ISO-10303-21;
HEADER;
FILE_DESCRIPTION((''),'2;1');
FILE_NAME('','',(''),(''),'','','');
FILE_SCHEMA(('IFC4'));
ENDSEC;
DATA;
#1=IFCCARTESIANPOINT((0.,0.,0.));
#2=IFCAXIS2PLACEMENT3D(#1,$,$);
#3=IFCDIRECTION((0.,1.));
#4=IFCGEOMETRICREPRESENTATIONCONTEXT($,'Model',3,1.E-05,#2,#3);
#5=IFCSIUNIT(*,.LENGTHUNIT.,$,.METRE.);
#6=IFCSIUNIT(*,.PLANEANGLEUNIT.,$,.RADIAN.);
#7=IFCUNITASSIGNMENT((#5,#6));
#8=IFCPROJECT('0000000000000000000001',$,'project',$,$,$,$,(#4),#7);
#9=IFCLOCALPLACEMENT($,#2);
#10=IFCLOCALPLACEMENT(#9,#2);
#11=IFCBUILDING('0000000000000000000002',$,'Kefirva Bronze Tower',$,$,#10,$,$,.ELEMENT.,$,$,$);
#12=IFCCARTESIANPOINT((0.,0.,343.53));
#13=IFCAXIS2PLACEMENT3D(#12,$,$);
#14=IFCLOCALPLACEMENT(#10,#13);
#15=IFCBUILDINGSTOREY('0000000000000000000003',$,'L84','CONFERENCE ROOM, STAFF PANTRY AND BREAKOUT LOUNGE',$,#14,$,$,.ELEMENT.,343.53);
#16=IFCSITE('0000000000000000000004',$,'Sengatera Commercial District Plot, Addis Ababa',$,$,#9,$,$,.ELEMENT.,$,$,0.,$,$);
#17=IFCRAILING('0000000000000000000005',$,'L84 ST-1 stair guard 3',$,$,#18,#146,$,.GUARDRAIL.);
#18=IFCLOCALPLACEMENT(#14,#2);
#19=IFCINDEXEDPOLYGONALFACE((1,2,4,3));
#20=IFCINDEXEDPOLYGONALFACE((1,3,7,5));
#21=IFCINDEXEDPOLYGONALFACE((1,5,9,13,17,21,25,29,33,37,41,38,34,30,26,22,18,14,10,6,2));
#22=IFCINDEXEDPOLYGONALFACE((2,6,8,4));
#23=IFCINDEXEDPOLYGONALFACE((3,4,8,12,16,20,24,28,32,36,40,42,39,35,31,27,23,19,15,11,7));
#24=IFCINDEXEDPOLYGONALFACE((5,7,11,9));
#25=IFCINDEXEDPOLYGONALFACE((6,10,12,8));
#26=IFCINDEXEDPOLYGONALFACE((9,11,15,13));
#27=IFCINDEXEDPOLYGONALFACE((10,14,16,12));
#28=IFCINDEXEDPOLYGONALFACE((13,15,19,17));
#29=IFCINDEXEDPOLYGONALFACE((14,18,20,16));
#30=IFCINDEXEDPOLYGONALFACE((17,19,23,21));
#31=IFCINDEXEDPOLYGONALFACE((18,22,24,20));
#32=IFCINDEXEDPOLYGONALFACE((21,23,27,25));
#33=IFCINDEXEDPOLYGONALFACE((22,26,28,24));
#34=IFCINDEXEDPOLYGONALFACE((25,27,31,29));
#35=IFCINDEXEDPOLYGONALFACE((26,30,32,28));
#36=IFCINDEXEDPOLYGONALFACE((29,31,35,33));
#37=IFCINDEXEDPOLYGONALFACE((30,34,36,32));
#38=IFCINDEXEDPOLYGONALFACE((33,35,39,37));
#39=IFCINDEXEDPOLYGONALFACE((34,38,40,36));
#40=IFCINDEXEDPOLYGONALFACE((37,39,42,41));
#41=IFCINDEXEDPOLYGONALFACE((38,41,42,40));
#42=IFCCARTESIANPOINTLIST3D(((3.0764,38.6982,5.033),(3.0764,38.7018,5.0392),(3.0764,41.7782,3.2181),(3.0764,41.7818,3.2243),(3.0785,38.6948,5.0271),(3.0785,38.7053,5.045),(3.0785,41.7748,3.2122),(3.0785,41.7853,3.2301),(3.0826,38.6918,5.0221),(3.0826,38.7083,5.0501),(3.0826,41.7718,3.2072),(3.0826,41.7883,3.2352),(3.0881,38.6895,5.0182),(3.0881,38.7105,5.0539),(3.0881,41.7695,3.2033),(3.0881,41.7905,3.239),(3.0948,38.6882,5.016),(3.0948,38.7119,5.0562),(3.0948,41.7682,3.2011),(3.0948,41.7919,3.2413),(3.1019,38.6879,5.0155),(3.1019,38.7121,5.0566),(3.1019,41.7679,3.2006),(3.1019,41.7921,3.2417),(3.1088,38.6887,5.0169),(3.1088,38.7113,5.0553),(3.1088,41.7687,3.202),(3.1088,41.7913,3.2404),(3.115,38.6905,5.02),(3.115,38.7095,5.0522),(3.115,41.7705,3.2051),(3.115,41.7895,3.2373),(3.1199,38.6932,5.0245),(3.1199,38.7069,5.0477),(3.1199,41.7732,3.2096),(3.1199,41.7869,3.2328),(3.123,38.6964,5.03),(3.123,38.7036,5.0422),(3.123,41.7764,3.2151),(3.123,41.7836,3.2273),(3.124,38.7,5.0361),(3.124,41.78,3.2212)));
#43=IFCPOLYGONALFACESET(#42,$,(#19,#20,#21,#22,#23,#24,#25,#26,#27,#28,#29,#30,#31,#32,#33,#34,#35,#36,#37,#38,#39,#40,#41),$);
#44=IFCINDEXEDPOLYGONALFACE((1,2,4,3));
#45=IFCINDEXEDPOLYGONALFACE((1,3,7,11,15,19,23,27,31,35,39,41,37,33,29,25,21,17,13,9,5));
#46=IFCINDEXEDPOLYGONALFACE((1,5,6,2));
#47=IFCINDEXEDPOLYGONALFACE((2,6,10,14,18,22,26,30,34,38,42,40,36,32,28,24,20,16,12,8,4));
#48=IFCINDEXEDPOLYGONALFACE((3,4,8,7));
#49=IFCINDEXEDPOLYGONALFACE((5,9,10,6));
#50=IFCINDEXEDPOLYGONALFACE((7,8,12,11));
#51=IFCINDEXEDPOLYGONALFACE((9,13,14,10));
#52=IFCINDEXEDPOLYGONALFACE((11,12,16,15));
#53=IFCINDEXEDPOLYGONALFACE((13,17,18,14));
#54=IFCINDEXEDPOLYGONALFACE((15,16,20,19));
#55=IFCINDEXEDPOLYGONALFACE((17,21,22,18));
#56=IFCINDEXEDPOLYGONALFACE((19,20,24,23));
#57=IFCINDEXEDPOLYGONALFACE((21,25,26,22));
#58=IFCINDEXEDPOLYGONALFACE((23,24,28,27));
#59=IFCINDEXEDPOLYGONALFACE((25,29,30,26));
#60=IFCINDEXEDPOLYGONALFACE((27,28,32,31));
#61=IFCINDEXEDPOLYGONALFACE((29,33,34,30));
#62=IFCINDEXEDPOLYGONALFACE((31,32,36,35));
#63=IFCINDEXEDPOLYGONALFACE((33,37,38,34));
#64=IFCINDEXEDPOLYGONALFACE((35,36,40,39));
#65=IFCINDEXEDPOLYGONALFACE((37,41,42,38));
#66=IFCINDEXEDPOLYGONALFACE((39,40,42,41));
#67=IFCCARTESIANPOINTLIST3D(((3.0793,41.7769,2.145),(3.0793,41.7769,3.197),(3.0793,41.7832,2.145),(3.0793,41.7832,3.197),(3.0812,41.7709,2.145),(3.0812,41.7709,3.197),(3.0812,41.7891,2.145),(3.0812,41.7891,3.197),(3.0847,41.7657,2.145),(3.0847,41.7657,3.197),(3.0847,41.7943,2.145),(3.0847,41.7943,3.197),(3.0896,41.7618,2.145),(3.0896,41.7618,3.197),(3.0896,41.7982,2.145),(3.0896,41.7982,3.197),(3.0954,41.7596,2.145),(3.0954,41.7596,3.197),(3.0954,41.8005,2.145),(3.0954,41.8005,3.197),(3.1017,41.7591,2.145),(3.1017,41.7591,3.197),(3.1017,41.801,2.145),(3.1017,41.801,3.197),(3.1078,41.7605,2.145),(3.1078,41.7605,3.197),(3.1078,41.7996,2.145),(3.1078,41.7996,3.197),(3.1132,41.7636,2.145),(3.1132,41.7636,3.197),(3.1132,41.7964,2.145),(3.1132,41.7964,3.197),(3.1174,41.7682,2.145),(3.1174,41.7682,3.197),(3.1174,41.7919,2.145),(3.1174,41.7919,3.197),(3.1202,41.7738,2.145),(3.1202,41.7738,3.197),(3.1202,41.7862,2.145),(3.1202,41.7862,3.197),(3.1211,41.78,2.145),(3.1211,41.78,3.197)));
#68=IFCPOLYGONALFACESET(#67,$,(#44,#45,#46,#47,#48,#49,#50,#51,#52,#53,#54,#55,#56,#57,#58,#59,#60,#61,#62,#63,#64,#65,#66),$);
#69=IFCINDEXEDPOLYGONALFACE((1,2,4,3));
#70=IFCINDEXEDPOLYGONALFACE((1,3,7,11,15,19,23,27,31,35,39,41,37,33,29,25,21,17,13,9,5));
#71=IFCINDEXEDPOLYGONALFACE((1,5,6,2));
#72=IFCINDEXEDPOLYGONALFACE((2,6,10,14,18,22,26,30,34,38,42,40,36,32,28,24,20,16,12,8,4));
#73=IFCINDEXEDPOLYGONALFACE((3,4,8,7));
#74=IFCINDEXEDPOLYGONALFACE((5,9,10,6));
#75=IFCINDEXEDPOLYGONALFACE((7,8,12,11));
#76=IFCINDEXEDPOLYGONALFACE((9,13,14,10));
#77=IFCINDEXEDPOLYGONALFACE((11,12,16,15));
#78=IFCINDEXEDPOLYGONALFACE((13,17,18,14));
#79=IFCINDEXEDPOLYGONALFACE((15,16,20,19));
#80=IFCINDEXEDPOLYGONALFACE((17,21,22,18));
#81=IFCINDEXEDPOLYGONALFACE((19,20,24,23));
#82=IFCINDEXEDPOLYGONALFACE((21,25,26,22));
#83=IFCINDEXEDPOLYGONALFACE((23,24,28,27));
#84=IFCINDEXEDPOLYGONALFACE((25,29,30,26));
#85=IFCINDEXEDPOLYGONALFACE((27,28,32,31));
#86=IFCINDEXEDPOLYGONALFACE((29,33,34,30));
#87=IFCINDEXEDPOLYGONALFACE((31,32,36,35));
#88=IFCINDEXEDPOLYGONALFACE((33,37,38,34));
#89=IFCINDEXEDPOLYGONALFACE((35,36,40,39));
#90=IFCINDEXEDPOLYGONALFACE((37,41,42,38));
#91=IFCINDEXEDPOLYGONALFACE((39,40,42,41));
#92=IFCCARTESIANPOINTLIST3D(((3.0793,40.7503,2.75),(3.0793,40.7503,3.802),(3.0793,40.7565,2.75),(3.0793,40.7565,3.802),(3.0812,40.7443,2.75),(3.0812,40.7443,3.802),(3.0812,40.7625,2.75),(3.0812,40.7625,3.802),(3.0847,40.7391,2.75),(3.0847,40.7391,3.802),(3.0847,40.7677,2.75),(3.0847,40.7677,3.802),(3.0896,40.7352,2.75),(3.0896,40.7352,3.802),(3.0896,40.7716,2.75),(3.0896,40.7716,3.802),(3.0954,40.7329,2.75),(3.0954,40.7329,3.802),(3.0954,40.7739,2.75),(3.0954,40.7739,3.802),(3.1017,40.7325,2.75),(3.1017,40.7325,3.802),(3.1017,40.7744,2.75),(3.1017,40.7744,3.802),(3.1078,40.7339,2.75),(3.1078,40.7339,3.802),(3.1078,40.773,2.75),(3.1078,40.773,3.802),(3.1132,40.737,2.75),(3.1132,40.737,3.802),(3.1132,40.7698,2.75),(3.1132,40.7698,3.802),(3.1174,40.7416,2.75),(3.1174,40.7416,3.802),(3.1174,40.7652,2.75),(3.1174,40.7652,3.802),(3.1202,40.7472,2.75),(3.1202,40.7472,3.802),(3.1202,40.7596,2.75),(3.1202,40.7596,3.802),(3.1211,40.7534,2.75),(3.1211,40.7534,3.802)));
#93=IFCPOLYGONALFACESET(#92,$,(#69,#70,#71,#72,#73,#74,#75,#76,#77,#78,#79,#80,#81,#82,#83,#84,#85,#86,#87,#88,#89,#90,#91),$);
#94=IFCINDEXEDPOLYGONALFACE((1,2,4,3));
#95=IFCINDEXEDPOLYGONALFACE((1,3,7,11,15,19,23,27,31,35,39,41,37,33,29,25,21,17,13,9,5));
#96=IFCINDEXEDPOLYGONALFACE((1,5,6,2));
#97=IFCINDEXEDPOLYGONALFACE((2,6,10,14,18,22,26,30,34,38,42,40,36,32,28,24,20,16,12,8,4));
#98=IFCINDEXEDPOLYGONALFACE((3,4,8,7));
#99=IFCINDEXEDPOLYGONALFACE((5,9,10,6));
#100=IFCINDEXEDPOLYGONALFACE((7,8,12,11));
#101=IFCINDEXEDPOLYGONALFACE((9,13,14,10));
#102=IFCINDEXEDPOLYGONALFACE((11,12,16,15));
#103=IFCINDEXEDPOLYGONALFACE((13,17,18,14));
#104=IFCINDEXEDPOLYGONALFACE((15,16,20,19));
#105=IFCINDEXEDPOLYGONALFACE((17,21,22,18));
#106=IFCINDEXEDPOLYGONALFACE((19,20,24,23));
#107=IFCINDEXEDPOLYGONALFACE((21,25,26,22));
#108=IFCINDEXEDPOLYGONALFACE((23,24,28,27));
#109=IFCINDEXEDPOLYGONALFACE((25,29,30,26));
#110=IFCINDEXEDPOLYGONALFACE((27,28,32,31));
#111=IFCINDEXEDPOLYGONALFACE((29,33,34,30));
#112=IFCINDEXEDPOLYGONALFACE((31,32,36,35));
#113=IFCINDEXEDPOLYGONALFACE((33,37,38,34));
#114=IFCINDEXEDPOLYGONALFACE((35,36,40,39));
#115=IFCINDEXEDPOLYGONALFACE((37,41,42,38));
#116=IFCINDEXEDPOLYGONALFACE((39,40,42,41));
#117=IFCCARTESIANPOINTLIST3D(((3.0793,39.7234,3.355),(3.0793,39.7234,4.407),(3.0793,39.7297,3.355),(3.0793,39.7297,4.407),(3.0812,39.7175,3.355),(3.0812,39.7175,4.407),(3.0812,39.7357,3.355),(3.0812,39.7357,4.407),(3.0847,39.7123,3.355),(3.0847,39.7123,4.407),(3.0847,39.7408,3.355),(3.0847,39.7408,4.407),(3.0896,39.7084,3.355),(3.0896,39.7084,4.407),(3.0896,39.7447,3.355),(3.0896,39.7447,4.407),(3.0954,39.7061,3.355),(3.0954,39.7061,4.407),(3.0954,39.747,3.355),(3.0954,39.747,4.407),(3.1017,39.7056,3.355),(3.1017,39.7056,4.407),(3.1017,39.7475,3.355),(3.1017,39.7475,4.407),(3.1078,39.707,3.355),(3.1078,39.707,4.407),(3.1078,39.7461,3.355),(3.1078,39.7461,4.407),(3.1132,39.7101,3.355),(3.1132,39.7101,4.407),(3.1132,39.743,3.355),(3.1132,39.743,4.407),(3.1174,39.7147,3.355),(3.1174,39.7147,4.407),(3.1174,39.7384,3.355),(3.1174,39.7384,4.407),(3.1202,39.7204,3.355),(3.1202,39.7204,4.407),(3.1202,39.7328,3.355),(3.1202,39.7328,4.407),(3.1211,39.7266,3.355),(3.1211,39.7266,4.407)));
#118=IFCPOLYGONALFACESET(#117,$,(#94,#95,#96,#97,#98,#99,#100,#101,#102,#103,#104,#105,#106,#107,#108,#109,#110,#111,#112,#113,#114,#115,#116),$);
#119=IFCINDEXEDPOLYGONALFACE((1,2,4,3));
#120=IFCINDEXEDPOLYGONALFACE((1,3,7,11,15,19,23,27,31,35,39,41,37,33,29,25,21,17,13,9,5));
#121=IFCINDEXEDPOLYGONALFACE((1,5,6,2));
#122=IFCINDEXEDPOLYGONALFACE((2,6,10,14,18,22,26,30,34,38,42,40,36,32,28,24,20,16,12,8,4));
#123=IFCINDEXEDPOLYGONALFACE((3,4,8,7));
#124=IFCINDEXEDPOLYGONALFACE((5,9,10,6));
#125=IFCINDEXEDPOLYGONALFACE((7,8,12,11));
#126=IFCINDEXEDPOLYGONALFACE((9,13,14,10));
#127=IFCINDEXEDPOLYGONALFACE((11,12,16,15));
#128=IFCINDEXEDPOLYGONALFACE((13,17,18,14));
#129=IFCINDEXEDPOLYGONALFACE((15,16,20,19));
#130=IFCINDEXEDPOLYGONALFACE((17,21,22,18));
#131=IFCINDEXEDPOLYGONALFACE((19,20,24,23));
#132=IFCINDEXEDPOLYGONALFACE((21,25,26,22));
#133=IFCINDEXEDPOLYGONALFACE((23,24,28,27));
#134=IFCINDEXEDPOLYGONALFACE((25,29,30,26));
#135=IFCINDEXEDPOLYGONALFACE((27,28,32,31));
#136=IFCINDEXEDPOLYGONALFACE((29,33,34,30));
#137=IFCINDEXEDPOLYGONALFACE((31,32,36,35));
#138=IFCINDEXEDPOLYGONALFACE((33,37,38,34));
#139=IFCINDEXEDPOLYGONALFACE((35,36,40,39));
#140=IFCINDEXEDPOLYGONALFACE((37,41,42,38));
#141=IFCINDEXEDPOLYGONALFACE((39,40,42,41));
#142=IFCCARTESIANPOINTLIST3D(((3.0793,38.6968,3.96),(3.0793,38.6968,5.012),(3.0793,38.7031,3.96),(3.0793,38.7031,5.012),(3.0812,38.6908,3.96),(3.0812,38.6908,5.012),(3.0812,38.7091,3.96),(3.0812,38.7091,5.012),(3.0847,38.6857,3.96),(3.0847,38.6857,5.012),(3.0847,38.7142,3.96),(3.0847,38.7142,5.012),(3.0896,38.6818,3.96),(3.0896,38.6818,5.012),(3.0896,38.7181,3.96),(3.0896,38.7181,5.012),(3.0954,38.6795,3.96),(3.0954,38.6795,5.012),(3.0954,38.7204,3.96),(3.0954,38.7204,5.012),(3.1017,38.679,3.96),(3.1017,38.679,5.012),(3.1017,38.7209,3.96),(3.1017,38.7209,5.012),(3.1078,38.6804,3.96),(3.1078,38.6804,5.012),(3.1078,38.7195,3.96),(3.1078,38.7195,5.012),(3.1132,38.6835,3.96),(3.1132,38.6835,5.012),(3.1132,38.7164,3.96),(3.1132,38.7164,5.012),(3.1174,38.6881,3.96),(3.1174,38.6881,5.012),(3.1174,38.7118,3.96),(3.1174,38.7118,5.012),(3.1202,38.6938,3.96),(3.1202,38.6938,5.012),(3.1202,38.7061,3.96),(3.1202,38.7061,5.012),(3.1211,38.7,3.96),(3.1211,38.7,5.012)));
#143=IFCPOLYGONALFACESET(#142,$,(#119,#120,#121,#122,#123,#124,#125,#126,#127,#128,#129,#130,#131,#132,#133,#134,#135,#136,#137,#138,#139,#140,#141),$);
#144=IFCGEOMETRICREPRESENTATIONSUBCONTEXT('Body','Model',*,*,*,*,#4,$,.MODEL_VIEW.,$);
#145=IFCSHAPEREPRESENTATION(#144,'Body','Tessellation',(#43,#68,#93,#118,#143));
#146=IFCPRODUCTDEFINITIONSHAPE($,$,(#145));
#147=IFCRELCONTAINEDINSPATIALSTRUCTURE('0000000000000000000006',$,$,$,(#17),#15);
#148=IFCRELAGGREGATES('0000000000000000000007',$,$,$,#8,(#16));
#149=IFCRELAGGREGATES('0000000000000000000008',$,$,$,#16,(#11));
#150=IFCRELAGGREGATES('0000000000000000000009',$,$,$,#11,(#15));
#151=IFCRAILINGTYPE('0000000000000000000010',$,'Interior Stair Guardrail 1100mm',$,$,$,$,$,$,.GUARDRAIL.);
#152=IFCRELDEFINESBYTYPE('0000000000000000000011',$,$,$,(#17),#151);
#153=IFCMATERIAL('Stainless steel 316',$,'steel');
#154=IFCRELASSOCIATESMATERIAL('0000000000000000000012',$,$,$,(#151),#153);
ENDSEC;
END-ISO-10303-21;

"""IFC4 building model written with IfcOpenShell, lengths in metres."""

from ifc_helpers import new_model, si_unit, direction, frame, origin, origin_2d, place, context, subcontext, project, spatial, circle, extrude, material, type_object, element, save


model = new_model("IFC4")

# Units and contexts
model_context = context("Model", 3, precision=1e-05, world=origin(), true_north=direction((0.0, 1.0)))
body_context = subcontext(model_context, "Body", "Model", "MODEL_VIEW")
ifc_project = project(units=[si_unit("LENGTHUNIT", "METRE"), si_unit("PLANEANGLEUNIT", "RADIAN")], contexts=[model_context])

# Site, building, storey
site_placement = place(None, origin())
site = spatial("IfcSite", under=ifc_project, at=site_placement, Name="Sengatera Commercial District Plot, Addis Ababa", CompositionType="ELEMENT", RefElevation=0.0)
building_placement = place(site_placement, origin())
building = spatial("IfcBuilding", under=site, at=building_placement, Name="Kefirva Bronze Tower", CompositionType="ELEMENT")
storey_placement = place(building_placement, frame((0.0, 0.0, 343.53)))
storey = spatial("IfcBuildingStorey", under=building, at=storey_placement, Name="L84", Description="CONFERENCE ROOM, STAFF PANTRY AND BREAKOUT LOUNGE", CompositionType="ELEMENT", Elevation=343.53)

# Railing
ifc_material_1 = material(Name="Stainless steel 316", Category="steel")
railing_type_1 = type_object("IfcRailingType", Name="Interior Stair Guardrail 1100mm", PredefinedType="GUARDRAIL", material=ifc_material_1)
railing_1_placement = place(storey_placement, frame((3.1001, 41.78, 2.145)))
element("IfcRailing", 1, at=railing_1_placement, inside=storey, type_object=railing_type_1, Name="L84 ST-1 stair guard 3", PredefinedType="GUARDRAIL", context=body_context, shape_type="SweptSolid", body=[
    extrude(circle(Radius=0.0239, at=origin_2d()), frame((0.0, 0.0, 1.0762), z_axis=(0.0, -0.861551, 0.507671), x_axis=(1.0, 0.0, 0.0)), (0.0, 0.0, 1.0), 3.575),
    extrude(circle(Radius=0.021, at=origin_2d()), origin(), (0.0, 0.0, 1.0), 1.052),
    extrude(circle(Radius=0.021, at=origin_2d()), frame((0.0, -1.0266, 0.605)), (0.0, 0.0, 1.0), 1.052),
    extrude(circle(Radius=0.021, at=origin_2d()), frame((0.0, -2.0535, 1.21)), (0.0, 0.0, 1.0), 1.052),
    extrude(circle(Radius=0.021, at=origin_2d()), frame((0.0, -3.0801, 1.8149)), (0.0, 0.0, 1.0), 1.052),
])

save(model, "model.ifc")
